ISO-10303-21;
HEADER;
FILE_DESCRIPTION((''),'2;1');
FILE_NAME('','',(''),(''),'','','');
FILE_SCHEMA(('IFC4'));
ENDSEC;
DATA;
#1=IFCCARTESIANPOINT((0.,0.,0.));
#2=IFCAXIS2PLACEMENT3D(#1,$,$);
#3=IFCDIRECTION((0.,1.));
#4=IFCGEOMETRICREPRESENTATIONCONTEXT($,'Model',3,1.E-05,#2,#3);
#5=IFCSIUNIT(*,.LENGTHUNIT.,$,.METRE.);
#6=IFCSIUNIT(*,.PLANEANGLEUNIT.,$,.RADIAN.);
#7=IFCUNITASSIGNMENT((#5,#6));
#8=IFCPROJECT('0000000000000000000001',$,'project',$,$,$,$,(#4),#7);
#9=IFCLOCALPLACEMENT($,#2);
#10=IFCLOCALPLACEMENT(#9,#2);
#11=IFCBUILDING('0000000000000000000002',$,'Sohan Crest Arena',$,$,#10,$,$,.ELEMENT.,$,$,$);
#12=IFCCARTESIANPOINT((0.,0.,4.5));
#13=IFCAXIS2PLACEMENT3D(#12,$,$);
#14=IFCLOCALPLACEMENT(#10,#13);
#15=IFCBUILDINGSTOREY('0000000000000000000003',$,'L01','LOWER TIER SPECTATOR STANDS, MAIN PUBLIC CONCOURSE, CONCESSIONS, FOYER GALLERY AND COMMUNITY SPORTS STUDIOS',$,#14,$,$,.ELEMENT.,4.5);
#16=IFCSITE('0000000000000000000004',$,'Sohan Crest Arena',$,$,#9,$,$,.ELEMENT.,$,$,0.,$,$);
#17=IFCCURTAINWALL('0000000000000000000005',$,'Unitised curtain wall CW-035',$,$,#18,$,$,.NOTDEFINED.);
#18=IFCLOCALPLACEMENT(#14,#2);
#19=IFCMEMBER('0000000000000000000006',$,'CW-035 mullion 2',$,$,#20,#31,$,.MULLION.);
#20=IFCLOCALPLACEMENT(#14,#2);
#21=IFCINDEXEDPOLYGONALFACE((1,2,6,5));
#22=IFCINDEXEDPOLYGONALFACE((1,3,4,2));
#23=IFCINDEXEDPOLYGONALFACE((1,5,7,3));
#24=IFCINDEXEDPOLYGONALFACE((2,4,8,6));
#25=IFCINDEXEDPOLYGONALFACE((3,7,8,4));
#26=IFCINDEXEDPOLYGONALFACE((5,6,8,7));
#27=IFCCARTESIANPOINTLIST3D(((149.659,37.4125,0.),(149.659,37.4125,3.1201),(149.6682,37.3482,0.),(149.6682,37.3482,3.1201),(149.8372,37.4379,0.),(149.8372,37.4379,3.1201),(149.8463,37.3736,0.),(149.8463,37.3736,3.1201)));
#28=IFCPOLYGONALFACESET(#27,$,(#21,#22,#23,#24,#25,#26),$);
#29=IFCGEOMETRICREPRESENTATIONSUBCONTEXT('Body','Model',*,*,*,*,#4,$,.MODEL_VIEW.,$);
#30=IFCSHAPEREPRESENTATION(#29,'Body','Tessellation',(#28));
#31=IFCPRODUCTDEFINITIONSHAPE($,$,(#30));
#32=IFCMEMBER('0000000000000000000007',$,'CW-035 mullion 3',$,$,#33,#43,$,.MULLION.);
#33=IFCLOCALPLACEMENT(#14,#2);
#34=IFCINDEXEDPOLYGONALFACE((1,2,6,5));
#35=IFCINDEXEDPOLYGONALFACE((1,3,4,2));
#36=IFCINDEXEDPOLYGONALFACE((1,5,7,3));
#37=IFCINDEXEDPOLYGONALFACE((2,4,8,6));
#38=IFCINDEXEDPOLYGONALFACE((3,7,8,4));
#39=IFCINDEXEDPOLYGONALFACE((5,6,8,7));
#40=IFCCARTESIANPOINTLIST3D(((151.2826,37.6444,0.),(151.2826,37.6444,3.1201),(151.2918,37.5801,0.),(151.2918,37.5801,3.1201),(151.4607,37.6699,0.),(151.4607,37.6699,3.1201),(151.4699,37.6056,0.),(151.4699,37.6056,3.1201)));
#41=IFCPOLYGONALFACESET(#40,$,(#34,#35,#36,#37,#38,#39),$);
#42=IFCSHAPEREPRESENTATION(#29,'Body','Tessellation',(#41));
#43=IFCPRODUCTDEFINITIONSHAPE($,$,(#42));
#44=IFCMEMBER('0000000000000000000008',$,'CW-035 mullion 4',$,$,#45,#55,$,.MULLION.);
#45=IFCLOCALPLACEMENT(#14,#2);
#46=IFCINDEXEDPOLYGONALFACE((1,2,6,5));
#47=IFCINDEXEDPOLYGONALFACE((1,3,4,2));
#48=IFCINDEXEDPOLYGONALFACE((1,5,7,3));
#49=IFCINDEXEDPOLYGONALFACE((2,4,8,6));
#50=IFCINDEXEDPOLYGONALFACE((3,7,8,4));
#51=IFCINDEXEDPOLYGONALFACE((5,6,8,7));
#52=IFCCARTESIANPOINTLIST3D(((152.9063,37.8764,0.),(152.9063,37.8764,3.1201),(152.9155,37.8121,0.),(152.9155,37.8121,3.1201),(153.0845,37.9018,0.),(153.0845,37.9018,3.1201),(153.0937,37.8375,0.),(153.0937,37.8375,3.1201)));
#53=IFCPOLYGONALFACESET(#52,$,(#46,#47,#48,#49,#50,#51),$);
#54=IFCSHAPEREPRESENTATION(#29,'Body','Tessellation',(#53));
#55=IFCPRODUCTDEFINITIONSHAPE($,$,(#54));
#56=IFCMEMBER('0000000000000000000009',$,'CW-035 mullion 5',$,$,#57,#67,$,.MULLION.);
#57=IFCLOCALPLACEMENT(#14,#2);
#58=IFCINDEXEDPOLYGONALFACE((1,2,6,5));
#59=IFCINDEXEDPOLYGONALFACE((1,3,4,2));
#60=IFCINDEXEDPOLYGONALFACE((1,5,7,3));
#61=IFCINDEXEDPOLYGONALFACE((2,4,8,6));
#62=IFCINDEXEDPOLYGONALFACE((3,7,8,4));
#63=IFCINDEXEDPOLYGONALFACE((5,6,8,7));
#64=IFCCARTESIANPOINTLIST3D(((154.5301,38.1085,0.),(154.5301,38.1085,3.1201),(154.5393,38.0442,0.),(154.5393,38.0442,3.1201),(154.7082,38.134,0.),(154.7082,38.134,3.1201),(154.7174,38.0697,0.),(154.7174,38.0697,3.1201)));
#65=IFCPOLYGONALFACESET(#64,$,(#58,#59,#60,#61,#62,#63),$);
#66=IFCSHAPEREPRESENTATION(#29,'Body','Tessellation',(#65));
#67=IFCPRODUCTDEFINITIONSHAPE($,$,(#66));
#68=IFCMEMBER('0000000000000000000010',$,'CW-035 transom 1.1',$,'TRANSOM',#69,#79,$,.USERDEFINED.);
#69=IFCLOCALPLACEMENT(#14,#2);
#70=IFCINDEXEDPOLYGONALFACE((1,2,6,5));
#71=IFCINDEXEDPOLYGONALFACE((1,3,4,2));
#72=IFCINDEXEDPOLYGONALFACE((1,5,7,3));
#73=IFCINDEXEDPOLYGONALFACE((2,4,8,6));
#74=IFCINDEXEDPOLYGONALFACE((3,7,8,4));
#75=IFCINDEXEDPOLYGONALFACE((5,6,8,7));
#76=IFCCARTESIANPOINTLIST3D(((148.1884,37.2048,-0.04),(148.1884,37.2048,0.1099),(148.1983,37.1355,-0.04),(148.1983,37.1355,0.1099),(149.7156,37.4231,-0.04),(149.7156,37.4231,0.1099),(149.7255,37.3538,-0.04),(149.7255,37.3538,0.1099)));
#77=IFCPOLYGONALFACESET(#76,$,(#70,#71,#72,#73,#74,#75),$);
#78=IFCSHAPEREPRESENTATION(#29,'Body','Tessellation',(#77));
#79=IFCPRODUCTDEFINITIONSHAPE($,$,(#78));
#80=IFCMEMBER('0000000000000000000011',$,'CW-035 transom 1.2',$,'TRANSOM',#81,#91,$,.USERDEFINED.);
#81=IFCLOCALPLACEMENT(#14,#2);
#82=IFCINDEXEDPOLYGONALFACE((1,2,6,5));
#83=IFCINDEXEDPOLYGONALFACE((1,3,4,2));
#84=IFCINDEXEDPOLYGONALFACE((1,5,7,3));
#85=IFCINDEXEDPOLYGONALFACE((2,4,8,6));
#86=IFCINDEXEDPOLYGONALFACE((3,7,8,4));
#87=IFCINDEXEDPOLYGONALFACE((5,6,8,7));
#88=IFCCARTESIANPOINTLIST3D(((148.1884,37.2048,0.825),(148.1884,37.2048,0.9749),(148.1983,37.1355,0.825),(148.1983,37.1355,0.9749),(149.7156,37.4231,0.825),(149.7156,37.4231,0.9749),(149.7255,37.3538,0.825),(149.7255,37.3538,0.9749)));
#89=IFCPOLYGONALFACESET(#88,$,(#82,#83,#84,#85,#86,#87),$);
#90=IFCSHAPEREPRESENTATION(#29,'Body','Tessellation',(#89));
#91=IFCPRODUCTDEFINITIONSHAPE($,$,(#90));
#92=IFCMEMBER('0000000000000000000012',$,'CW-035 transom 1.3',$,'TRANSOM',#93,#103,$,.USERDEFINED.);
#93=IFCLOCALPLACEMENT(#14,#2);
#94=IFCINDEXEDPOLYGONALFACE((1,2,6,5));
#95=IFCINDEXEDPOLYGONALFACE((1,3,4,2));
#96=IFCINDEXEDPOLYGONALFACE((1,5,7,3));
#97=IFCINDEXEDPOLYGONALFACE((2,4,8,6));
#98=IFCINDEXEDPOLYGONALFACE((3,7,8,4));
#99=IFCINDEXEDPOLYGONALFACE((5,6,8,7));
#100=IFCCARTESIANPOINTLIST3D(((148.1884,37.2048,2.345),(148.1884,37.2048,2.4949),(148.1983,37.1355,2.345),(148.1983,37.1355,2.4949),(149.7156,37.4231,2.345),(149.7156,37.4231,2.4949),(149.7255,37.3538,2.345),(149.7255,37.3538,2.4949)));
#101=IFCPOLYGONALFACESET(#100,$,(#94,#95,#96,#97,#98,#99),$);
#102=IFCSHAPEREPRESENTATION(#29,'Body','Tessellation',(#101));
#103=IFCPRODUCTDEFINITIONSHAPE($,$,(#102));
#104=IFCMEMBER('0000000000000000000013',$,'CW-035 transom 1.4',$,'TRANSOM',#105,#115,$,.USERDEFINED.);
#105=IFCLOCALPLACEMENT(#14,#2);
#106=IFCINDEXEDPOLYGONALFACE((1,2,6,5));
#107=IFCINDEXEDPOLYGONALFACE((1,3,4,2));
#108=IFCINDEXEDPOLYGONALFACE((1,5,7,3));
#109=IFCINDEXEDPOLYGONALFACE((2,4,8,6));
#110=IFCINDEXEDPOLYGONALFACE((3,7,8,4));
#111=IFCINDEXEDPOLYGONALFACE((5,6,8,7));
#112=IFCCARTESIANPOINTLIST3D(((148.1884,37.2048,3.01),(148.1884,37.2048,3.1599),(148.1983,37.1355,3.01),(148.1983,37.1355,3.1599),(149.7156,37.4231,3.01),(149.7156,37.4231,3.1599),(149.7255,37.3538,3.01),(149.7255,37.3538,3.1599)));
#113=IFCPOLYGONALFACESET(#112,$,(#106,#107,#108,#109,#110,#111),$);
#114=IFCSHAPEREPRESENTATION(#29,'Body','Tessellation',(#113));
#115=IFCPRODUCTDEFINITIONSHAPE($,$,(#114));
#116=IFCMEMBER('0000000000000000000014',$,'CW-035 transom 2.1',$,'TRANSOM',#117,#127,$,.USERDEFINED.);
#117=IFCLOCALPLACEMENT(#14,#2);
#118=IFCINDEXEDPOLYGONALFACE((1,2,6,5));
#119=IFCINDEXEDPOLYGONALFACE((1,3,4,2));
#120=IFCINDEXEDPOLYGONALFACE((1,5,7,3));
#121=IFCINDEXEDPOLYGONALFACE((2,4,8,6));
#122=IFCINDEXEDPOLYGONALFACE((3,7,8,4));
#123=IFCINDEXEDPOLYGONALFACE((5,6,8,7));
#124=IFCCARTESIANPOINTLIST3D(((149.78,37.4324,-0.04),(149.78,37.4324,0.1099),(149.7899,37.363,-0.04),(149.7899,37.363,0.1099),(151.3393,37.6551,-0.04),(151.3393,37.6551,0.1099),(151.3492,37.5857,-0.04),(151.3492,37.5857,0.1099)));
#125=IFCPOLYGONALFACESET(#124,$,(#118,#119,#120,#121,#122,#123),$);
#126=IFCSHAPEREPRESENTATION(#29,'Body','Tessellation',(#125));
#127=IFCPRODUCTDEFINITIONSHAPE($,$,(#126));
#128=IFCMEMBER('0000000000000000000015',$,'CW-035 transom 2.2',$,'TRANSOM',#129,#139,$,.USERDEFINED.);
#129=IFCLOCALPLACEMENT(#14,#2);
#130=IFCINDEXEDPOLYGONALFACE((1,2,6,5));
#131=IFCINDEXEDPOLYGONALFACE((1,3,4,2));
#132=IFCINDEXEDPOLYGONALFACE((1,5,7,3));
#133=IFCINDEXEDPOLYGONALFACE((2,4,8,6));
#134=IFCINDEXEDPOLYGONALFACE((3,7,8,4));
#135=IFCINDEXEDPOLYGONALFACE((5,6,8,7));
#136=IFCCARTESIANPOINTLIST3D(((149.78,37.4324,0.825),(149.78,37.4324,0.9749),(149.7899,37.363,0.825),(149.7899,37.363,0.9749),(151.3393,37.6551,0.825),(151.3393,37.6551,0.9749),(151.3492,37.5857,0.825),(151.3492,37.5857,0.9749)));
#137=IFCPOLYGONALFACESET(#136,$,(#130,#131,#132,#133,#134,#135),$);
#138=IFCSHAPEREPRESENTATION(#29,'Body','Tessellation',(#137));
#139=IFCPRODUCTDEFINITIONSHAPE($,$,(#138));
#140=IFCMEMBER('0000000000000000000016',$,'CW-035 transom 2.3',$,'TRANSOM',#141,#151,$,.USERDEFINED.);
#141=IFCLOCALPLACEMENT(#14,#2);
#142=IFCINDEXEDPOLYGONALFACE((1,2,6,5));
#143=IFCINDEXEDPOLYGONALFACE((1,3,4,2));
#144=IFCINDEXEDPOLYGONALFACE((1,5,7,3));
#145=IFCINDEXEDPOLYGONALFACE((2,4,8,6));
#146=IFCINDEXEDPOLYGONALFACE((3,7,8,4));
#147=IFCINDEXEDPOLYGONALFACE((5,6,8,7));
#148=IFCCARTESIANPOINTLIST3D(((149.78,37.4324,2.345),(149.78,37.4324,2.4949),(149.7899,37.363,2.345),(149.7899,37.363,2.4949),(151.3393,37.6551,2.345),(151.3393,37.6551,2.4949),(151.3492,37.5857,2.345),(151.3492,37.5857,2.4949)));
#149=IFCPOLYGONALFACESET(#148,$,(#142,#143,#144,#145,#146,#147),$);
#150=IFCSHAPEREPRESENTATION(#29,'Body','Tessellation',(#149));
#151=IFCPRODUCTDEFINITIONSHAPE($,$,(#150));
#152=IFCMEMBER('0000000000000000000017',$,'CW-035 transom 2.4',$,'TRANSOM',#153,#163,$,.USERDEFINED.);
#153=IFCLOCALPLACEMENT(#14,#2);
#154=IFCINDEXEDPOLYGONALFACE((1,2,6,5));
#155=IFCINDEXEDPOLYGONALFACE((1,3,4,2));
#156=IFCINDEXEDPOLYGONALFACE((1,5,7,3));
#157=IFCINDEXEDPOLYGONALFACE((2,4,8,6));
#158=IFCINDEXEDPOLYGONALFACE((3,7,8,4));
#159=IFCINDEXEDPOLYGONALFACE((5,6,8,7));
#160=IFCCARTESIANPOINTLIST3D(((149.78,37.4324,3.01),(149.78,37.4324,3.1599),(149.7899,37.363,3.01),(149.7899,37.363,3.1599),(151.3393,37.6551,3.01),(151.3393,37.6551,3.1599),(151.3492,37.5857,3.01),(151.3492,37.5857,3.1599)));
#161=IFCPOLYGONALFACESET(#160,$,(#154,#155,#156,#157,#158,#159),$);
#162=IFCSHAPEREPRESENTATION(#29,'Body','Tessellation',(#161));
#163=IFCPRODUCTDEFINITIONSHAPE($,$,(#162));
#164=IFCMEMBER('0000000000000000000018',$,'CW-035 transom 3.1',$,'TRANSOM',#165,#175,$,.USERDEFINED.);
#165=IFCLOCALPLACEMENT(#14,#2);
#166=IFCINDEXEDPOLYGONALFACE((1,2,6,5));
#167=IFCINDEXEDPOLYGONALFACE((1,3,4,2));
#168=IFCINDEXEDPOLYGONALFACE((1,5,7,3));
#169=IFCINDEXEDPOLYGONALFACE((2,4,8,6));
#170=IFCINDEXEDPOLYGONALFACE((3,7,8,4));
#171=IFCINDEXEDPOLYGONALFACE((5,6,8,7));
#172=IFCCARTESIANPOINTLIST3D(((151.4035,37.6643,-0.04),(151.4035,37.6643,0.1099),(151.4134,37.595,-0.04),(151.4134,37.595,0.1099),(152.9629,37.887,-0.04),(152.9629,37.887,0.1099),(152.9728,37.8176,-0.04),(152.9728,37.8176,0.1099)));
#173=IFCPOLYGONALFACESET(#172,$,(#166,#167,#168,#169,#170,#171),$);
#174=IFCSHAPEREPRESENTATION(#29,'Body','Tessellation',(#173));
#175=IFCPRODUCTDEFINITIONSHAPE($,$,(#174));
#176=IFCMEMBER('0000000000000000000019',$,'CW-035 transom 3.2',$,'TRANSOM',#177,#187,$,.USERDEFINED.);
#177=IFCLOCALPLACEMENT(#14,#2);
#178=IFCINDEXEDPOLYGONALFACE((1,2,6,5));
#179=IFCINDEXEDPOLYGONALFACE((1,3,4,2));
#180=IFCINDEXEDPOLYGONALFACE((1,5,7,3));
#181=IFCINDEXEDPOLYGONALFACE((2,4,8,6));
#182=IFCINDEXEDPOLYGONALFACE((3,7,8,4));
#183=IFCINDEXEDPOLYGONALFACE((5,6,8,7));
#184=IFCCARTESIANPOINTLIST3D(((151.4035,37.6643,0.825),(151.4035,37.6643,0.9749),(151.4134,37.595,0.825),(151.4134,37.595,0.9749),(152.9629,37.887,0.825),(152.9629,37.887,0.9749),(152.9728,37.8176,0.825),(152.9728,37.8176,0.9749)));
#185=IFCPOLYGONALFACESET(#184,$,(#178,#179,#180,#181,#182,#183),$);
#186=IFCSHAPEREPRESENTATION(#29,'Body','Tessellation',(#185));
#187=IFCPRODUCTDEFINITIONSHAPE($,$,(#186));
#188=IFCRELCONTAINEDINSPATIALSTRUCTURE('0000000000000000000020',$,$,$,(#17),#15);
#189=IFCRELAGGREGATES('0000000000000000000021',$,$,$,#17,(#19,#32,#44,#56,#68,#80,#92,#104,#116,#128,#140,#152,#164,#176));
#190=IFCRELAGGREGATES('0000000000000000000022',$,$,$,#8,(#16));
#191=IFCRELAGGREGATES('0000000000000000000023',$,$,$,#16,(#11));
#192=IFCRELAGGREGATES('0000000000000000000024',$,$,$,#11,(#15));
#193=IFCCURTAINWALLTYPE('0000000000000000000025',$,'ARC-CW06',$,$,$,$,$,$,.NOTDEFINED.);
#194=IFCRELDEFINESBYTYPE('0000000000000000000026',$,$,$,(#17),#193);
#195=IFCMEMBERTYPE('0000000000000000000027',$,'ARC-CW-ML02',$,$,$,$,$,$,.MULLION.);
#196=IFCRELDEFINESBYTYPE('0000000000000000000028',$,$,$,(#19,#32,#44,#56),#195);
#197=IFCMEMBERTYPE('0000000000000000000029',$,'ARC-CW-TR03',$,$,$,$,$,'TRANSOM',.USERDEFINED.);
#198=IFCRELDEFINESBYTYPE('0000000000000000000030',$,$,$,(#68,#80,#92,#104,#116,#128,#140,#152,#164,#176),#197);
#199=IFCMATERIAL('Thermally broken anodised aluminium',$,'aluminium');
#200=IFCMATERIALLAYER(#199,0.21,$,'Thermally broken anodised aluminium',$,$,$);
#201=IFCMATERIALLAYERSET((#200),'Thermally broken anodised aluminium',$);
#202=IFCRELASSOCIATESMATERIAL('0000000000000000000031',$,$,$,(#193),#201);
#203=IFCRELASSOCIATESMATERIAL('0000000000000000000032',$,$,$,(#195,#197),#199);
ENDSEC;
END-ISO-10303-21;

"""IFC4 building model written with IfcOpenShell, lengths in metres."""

from ifc_helpers import new_model, si_unit, direction, frame, origin, origin_2d, place, context, subcontext, project, spatial, rectangle, extrude, material, layer, layer_set, material_profile, profile_set, type_object, element, aggregate, save


model = new_model("IFC4")

# Units and contexts
model_context = context("Model", 3, precision=1e-05, world=origin(), true_north=direction((0.0, 1.0)))
body_context = subcontext(model_context, "Body", "Model", "MODEL_VIEW")
ifc_project = project(units=[si_unit("LENGTHUNIT", "METRE"), si_unit("PLANEANGLEUNIT", "RADIAN")], contexts=[model_context])

# Site, building, storey
site_placement = place(None, origin())
site = spatial("IfcSite", under=ifc_project, at=site_placement, Name="Sohan Crest Arena", CompositionType="ELEMENT", RefElevation=0.0)
building_placement = place(site_placement, origin())
building = spatial("IfcBuilding", under=site, at=building_placement, Name="Sohan Crest Arena", CompositionType="ELEMENT")
storey_placement = place(building_placement, frame((0.0, 0.0, 4.5)))
storey = spatial("IfcBuildingStorey", under=building, at=storey_placement, Name="L01", Description="LOWER TIER SPECTATOR STANDS, MAIN PUBLIC CONCOURSE, CONCESSIONS, FOYER GALLERY AND COMMUNITY SPORTS STUDIOS", CompositionType="ELEMENT", Elevation=4.5)

# Curtain wall, members
ifc_material_1 = material(Name="Thermally broken anodised aluminium", Category="aluminium")
ifc_layer_1 = layer(ifc_material_1, 0.21, Name="Thermally broken anodised aluminium")
ifc_layer_set_1 = layer_set([ifc_layer_1], Name="Thermally broken anodised aluminium")
curtain_wall_type = type_object("IfcCurtainWallType", Name="ARC-CW06", PredefinedType="NOTDEFINED", material=ifc_layer_set_1)
curtain_wall_placement = place(storey_placement, origin())
curtain_wall = element("IfcCurtainWall", 1, at=curtain_wall_placement, inside=storey, type_object=curtain_wall_type, Name="Unitised curtain wall CW-035", PredefinedType="NOTDEFINED")
ifc_material_profile_1 = material_profile(ifc_material_1, rectangle(XDim=0.0649, YDim=0.1799, at=origin_2d()), Name="ALU-MULL 65x180")
ifc_profile_set_1 = profile_set([ifc_material_profile_1], Name="Thermally broken anodised aluminium")
member_type_1 = type_object("IfcMemberType", Name="ARC-CW-ML02", PredefinedType="MULLION", material=ifc_profile_set_1)
member_1_placement = place(storey_placement, frame((149.7527, 37.3931, 0.0), z_axis=(0.0, 0.0, 1.0), x_axis=(-0.14145, 0.989945, 0.0)))
member_1 = element("IfcMember", 2, at=member_1_placement, type_object=member_type_1, Name="CW-035 mullion 2", PredefinedType="MULLION", context=body_context, shape_type="SweptSolid", body=[
    extrude(rectangle(XDim=0.0649, YDim=0.1799, at=origin_2d()), origin(), (0.0, 0.0, 1.0), 3.1201),
])
member_2_placement = place(storey_placement, frame((151.3762, 37.625, 0.0), z_axis=(0.0, 0.0, 1.0), x_axis=(-0.14145, 0.989945, 0.0)))
member_2 = element("IfcMember", 3, at=member_2_placement, type_object=member_type_1, Name="CW-035 mullion 3", PredefinedType="MULLION", context=body_context, shape_type="SweptSolid", body=[
    extrude(rectangle(XDim=0.0649, YDim=0.1799, at=origin_2d()), origin(), (0.0, 0.0, 1.0), 3.1201),
])
member_3_placement = place(storey_placement, frame((153.0, 37.8569, 0.0), z_axis=(0.0, 0.0, 1.0), x_axis=(-0.14145, 0.989945, 0.0)))
member_3 = element("IfcMember", 4, at=member_3_placement, type_object=member_type_1, Name="CW-035 mullion 4", PredefinedType="MULLION", context=body_context, shape_type="SweptSolid", body=[
    extrude(rectangle(XDim=0.0649, YDim=0.1799, at=origin_2d()), origin(), (0.0, 0.0, 1.0), 3.1201),
])
member_4_placement = place(storey_placement, frame((154.6238, 38.0891, 0.0), z_axis=(0.0, 0.0, 1.0), x_axis=(-0.14145, 0.989945, 0.0)))
member_4 = element("IfcMember", 5, at=member_4_placement, type_object=member_type_1, Name="CW-035 mullion 5", PredefinedType="MULLION", context=body_context, shape_type="SweptSolid", body=[
    extrude(rectangle(XDim=0.0649, YDim=0.1799, at=origin_2d()), origin(), (0.0, 0.0, 1.0), 3.1201),
])
ifc_material_profile_2 = material_profile(ifc_material_1, rectangle(XDim=0.0701, YDim=0.1499, at=origin_2d()), Name="ALU-TRAN 70x150")
ifc_profile_set_2 = profile_set([ifc_material_profile_2], Name="Thermally broken anodised aluminium")
member_type_2 = type_object("IfcMemberType", Name="ARC-CW-TR03", ElementType="TRANSOM", PredefinedType="USERDEFINED", material=ifc_profile_set_2)
member_5_placement = place(storey_placement, frame((148.1934, 37.1702, 0.0349), z_axis=(0.98994, 0.141488, 0.0), x_axis=(-0.141488, 0.98994, 0.0)))
member_5 = element("IfcMember", 6, at=member_5_placement, type_object=member_type_2, Name="CW-035 transom 1.1", ObjectType="TRANSOM", PredefinedType="USERDEFINED", context=body_context, shape_type="SweptSolid", body=[
    extrude(rectangle(XDim=0.0701, YDim=0.1499, at=origin_2d()), origin(), (0.0, 0.0, 1.0), 1.5427),
])
member_6_placement = place(storey_placement, frame((148.1934, 37.1702, 0.8999), z_axis=(0.98994, 0.141488, 0.0), x_axis=(-0.141488, 0.98994, 0.0)))
member_6 = element("IfcMember", 7, at=member_6_placement, type_object=member_type_2, Name="CW-035 transom 1.2", ObjectType="TRANSOM", PredefinedType="USERDEFINED", context=body_context, shape_type="SweptSolid", body=[
    extrude(rectangle(XDim=0.0701, YDim=0.1499, at=origin_2d()), origin(), (0.0, 0.0, 1.0), 1.5427),
])
member_7_placement = place(storey_placement, frame((148.1934, 37.1702, 2.4199), z_axis=(0.98994, 0.141488, 0.0), x_axis=(-0.141488, 0.98994, 0.0)))
member_7 = element("IfcMember", 8, at=member_7_placement, type_object=member_type_2, Name="CW-035 transom 1.3", ObjectType="TRANSOM", PredefinedType="USERDEFINED", context=body_context, shape_type="SweptSolid", body=[
    extrude(rectangle(XDim=0.0701, YDim=0.1499, at=origin_2d()), origin(), (0.0, 0.0, 1.0), 1.5427),
])
member_8_placement = place(storey_placement, frame((148.1934, 37.1702, 3.085), z_axis=(0.98994, 0.141488, 0.0), x_axis=(-0.141488, 0.98994, 0.0)))
member_8 = element("IfcMember", 9, at=member_8_placement, type_object=member_type_2, Name="CW-035 transom 1.4", ObjectType="TRANSOM", PredefinedType="USERDEFINED", context=body_context, shape_type="SweptSolid", body=[
    extrude(rectangle(XDim=0.0701, YDim=0.1499, at=origin_2d()), origin(), (0.0, 0.0, 1.0), 1.5427),
])
member_9_placement = place(storey_placement, frame((149.7849, 37.3977, 0.0349), z_axis=(0.989959, 0.141356, 0.0), x_axis=(-0.141356, 0.989959, 0.0)))
member_9 = element("IfcMember", 10, at=member_9_placement, type_object=member_type_2, Name="CW-035 transom 2.1", ObjectType="TRANSOM", PredefinedType="USERDEFINED", context=body_context, shape_type="SweptSolid", body=[
    extrude(rectangle(XDim=0.0701, YDim=0.1499, at=origin_2d()), origin(), (0.0, 0.0, 1.0), 1.5752),
])
member_10_placement = place(storey_placement, frame((149.7849, 37.3977, 0.8999), z_axis=(0.989959, 0.141356, 0.0), x_axis=(-0.141356, 0.989959, 0.0)))
member_10 = element("IfcMember", 11, at=member_10_placement, type_object=member_type_2, Name="CW-035 transom 2.2", ObjectType="TRANSOM", PredefinedType="USERDEFINED", context=body_context, shape_type="SweptSolid", body=[
    extrude(rectangle(XDim=0.0701, YDim=0.1499, at=origin_2d()), origin(), (0.0, 0.0, 1.0), 1.5752),
])
member_11_placement = place(storey_placement, frame((149.7849, 37.3977, 2.4199), z_axis=(0.989959, 0.141356, 0.0), x_axis=(-0.141356, 0.989959, 0.0)))
member_11 = element("IfcMember", 12, at=member_11_placement, type_object=member_type_2, Name="CW-035 transom 2.3", ObjectType="TRANSOM", PredefinedType="USERDEFINED", context=body_context, shape_type="SweptSolid", body=[
    extrude(rectangle(XDim=0.0701, YDim=0.1499, at=origin_2d()), origin(), (0.0, 0.0, 1.0), 1.5752),
])
member_12_placement = place(storey_placement, frame((149.7849, 37.3977, 3.085), z_axis=(0.989959, 0.141356, 0.0), x_axis=(-0.141356, 0.989959, 0.0)))
member_12 = element("IfcMember", 13, at=member_12_placement, type_object=member_type_2, Name="CW-035 transom 2.4", ObjectType="TRANSOM", PredefinedType="USERDEFINED", context=body_context, shape_type="SweptSolid", body=[
    extrude(rectangle(XDim=0.0701, YDim=0.1499, at=origin_2d()), origin(), (0.0, 0.0, 1.0), 1.5752),
])
member_13_placement = place(storey_placement, frame((151.4084, 37.6296, 0.0349), z_axis=(0.989959, 0.141356, 0.0), x_axis=(-0.141356, 0.989959, 0.0)))
member_13 = element("IfcMember", 14, at=member_13_placement, type_object=member_type_2, Name="CW-035 transom 3.1", ObjectType="TRANSOM", PredefinedType="USERDEFINED", context=body_context, shape_type="SweptSolid", body=[
    extrude(rectangle(XDim=0.0701, YDim=0.1499, at=origin_2d()), origin(), (0.0, 0.0, 1.0), 1.5752),
])
member_14_placement = place(storey_placement, frame((151.4084, 37.6296, 0.8999), z_axis=(0.989959, 0.141356, 0.0), x_axis=(-0.141356, 0.989959, 0.0)))
member_14 = element("IfcMember", 15, at=member_14_placement, type_object=member_type_2, Name="CW-035 transom 3.2", ObjectType="TRANSOM", PredefinedType="USERDEFINED", context=body_context, shape_type="SweptSolid", body=[
    extrude(rectangle(XDim=0.0701, YDim=0.1499, at=origin_2d()), origin(), (0.0, 0.0, 1.0), 1.5752),
])
aggregate(curtain_wall, [member_1, member_2, member_3, member_4, member_5, member_6, member_7, member_8, member_9, member_10, member_11, member_12, member_13, member_14])

save(model, "model.ifc")
